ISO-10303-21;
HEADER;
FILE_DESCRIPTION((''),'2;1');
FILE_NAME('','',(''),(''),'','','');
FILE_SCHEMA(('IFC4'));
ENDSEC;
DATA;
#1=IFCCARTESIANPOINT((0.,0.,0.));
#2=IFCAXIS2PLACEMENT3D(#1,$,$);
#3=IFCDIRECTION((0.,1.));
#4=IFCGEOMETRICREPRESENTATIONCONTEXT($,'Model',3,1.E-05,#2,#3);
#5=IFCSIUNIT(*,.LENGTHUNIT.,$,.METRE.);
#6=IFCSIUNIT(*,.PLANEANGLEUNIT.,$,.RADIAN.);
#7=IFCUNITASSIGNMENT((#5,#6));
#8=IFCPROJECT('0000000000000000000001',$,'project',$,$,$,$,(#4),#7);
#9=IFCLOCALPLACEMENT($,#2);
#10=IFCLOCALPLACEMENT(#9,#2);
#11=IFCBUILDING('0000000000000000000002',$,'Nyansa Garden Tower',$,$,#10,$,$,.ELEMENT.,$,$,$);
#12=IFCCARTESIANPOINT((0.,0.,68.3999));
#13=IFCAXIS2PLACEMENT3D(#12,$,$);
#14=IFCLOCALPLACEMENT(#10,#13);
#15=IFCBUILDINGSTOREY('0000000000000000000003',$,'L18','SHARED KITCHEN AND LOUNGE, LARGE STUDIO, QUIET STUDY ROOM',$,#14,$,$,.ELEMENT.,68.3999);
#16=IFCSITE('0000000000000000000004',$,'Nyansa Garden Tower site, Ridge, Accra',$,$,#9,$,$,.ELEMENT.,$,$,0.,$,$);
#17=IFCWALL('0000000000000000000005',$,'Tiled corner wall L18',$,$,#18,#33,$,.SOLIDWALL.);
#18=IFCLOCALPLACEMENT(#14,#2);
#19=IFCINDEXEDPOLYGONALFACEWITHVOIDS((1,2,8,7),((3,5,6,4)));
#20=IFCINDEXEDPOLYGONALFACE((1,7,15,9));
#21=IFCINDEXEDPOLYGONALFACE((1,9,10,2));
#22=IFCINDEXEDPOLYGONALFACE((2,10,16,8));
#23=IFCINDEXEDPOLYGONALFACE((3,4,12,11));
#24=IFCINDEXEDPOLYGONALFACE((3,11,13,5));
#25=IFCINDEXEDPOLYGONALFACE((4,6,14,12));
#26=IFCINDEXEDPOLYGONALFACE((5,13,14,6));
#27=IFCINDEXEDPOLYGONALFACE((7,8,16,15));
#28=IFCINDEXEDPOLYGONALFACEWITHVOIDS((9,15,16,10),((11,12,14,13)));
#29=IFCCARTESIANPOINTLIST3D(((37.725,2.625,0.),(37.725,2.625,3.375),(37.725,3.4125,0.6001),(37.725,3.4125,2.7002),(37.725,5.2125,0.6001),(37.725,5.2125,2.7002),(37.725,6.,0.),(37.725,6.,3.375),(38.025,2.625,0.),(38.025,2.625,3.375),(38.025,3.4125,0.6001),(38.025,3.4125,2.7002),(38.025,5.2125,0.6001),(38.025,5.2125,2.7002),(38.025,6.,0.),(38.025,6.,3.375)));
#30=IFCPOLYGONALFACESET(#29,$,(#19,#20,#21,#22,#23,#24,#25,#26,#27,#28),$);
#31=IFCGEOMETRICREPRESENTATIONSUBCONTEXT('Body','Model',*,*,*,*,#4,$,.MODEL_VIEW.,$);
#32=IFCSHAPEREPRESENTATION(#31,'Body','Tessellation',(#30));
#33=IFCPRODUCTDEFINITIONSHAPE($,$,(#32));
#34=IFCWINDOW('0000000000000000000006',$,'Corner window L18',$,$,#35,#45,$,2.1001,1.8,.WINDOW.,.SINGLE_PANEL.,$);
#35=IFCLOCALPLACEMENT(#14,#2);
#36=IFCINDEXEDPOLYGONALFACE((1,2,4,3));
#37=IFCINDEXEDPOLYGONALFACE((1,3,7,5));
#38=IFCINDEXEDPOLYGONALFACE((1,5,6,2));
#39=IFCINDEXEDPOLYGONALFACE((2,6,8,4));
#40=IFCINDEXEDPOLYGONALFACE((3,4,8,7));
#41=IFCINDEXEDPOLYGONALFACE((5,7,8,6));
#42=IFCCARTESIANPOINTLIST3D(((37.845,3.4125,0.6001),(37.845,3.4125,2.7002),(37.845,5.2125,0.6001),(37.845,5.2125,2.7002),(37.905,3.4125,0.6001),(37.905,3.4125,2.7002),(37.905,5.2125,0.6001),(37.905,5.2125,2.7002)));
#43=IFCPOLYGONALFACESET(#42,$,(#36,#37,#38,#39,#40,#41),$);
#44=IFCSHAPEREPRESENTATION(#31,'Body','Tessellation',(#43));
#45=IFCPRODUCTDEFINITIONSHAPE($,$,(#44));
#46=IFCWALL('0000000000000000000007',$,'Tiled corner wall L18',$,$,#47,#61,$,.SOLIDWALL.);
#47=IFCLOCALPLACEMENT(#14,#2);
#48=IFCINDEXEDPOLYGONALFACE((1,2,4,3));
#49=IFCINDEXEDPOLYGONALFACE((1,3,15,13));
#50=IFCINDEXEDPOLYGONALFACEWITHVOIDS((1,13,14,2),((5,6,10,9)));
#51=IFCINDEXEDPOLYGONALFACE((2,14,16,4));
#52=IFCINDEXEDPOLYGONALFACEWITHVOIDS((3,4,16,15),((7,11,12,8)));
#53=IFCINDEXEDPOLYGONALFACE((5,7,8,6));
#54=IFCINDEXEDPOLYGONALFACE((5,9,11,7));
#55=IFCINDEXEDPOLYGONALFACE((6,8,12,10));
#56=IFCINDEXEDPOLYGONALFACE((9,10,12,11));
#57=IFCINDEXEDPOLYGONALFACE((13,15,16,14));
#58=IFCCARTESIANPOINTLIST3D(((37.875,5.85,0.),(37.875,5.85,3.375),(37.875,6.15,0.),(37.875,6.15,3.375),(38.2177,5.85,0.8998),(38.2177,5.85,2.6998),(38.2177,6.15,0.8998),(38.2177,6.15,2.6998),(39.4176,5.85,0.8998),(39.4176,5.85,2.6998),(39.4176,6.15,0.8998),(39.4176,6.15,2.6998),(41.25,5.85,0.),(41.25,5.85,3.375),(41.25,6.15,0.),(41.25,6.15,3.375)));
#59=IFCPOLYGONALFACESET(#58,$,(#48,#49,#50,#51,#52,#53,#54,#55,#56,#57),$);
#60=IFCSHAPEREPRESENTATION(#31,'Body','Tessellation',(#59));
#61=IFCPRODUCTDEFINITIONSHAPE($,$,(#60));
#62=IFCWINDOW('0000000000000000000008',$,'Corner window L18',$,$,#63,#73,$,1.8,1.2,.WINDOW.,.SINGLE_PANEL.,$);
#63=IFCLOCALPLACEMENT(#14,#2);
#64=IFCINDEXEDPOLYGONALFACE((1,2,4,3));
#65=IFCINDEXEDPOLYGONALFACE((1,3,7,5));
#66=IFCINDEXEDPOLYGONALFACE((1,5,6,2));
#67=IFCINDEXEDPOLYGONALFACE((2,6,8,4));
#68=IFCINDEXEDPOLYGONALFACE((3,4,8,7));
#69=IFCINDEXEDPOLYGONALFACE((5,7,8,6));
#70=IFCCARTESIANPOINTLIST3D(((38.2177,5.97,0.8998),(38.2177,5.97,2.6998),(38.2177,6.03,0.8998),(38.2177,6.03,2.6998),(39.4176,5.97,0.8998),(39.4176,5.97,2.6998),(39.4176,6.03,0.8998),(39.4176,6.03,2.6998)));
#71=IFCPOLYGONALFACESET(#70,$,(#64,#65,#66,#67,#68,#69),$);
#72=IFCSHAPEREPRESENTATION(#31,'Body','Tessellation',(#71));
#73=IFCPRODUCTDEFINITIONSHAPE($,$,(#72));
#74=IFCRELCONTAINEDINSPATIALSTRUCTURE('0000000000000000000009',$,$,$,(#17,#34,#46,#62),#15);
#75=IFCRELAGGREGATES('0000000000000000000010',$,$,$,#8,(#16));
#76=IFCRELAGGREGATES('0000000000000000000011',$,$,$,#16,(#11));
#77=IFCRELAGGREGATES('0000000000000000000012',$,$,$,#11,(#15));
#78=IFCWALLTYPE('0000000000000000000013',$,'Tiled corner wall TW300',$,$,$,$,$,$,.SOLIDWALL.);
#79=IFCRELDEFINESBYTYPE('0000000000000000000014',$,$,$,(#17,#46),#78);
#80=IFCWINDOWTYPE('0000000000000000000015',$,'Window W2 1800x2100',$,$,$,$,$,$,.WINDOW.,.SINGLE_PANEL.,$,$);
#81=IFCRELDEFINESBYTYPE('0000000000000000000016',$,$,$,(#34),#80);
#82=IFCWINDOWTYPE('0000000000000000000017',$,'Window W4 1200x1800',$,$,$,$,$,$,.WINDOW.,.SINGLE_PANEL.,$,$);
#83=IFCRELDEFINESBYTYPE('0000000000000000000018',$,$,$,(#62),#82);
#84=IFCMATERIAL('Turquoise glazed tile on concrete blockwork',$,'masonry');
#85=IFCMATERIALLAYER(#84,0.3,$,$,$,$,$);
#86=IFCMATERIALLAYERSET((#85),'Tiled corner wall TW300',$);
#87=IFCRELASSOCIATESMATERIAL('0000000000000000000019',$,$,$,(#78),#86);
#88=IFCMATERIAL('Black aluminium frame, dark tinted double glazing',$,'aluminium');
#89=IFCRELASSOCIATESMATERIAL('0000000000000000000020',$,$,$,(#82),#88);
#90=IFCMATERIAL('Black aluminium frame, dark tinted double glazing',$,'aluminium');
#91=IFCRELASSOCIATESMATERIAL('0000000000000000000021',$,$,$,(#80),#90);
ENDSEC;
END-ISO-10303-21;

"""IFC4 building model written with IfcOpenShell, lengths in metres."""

from ifc_helpers import new_model, si_unit, direction, frame, frame_2d, origin, place, context, subcontext, project, spatial, rectangle, extrude, material, layer, layer_set, type_object, element, fill, save


model = new_model("IFC4")

# Units and contexts
model_context = context("Model", 3, precision=1e-05, world=origin(), true_north=direction((0.0, 1.0)))
body_context = subcontext(model_context, "Body", "Model", "MODEL_VIEW")
ifc_project = project(units=[si_unit("LENGTHUNIT", "METRE"), si_unit("PLANEANGLEUNIT", "RADIAN")], contexts=[model_context])

# Site, building, storey
site_placement = place(None, origin())
site = spatial("IfcSite", under=ifc_project, at=site_placement, Name="Nyansa Garden Tower site, Ridge, Accra", CompositionType="ELEMENT", RefElevation=0.0)
building_placement = place(site_placement, origin())
building = spatial("IfcBuilding", under=site, at=building_placement, Name="Nyansa Garden Tower", CompositionType="ELEMENT")
storey_placement = place(building_placement, frame((0.0, 0.0, 68.3999)))
storey = spatial("IfcBuildingStorey", under=building, at=storey_placement, Name="L18", Description="SHARED KITCHEN AND LOUNGE, LARGE STUDIO, QUIET STUDY ROOM", CompositionType="ELEMENT", Elevation=68.3999)

# Walls, openings, windows
ifc_material_1 = material(Name="Turquoise glazed tile on concrete blockwork", Category="masonry")
ifc_layer_1 = layer(ifc_material_1, 0.3)
ifc_layer_set_1 = layer_set([ifc_layer_1], Name="Tiled corner wall TW300")
wall_type_1 = type_object("IfcWallType", Name="Tiled corner wall TW300", PredefinedType="SOLIDWALL", material=ifc_layer_set_1)
ifc_material_2 = material(Name="Black aluminium frame, dark tinted double glazing", Category="aluminium")
window_type_1 = type_object("IfcWindowType", Name="Window W4 1200x1800", PartitioningType="SINGLE_PANEL", PredefinedType="WINDOW", material=ifc_material_2)
ifc_material_3 = material(Name="Black aluminium frame, dark tinted double glazing", Category="aluminium")
window_type_2 = type_object("IfcWindowType", Name="Window W2 1800x2100", PartitioningType="SINGLE_PANEL", PredefinedType="WINDOW", material=ifc_material_3)
wall_1_placement = place(storey_placement, frame((37.875, 2.625, 0.0), z_axis=(0.0, 0.0, 1.0), x_axis=(0.0, 1.0, 0.0)))
wall_1 = element("IfcWall", 1, at=wall_1_placement, inside=storey, type_object=wall_type_1, Name="Tiled corner wall L18", PredefinedType="SOLIDWALL", context=body_context, shape_type="SweptSolid", body=[
    extrude(rectangle(XDim=3.375, YDim=0.3, at=frame_2d((1.6875, 0.0))), origin(), (0.0, 0.0, 1.0), 3.375),
])
opening_1_placement = place(wall_1_placement, frame((0.7876, 0.0, 0.6001)))
opening_1 = element("IfcOpeningElement", 2, at=opening_1_placement, cuts=wall_1, PredefinedType="OPENING", context=body_context, shape_type="SweptSolid", body=[
    extrude(rectangle(XDim=1.8, YDim=2.1001, at=frame_2d((0.8999, 1.05))), frame((0.0, 0.1599, 0.0), z_axis=(0.0, -1.0, 0.0), x_axis=(1.0, 0.0, 0.0)), (0.0, 0.0, 1.0), 0.3201),
])
window_1_placement = place(opening_1_placement, origin())
window_1 = element("IfcWindow", 3, at=window_1_placement, inside=storey, type_object=window_type_2, Name="Corner window L18", OverallHeight=2.1001, OverallWidth=1.8, PartitioningType="SINGLE_PANEL", PredefinedType="WINDOW", context=body_context, shape_type="SweptSolid", body=[
    extrude(rectangle(XDim=1.8, YDim=2.1001, at=frame_2d((0.8999, 1.05))), frame((0.0, 0.03, 0.0), z_axis=(0.0, -1.0, 0.0), x_axis=(1.0, 0.0, 0.0)), (0.0, 0.0, 1.0), 0.0601),
])
fill(opening_1, window_1)
wall_2_placement = place(storey_placement, frame((37.875, 6.0, 0.0), z_axis=(0.0, 0.0, 1.0), x_axis=(1.0, 0.0, 0.0)))
wall_2 = element("IfcWall", 4, at=wall_2_placement, inside=storey, type_object=wall_type_1, Name="Tiled corner wall L18", PredefinedType="SOLIDWALL", context=body_context, shape_type="SweptSolid", body=[
    extrude(rectangle(XDim=3.375, YDim=0.3, at=frame_2d((1.6875, 0.0))), origin(), (0.0, 0.0, 1.0), 3.375),
])
opening_2_placement = place(wall_2_placement, frame((0.3425, 0.0, 0.8999)))
opening_2 = element("IfcOpeningElement", 5, at=opening_2_placement, cuts=wall_2, PredefinedType="OPENING", context=body_context, shape_type="SweptSolid", body=[
    extrude(rectangle(XDim=1.2, YDim=1.8, at=frame_2d((0.6001, 0.8999))), frame((0.0, 0.1599, 0.0), z_axis=(0.0, -1.0, 0.0), x_axis=(1.0, 0.0, 0.0)), (0.0, 0.0, 1.0), 0.3201),
])
window_2_placement = place(opening_2_placement, origin())
window_2 = element("IfcWindow", 6, at=window_2_placement, inside=storey, type_object=window_type_1, Name="Corner window L18", OverallHeight=1.8, OverallWidth=1.2, PartitioningType="SINGLE_PANEL", PredefinedType="WINDOW", context=body_context, shape_type="SweptSolid", body=[
    extrude(rectangle(XDim=1.2, YDim=1.8, at=frame_2d((0.6001, 0.8999))), frame((0.0, 0.03, 0.0), z_axis=(0.0, -1.0, 0.0), x_axis=(1.0, 0.0, 0.0)), (0.0, 0.0, 1.0), 0.0601),
])
fill(opening_2, window_2)

save(model, "model.ifc")
